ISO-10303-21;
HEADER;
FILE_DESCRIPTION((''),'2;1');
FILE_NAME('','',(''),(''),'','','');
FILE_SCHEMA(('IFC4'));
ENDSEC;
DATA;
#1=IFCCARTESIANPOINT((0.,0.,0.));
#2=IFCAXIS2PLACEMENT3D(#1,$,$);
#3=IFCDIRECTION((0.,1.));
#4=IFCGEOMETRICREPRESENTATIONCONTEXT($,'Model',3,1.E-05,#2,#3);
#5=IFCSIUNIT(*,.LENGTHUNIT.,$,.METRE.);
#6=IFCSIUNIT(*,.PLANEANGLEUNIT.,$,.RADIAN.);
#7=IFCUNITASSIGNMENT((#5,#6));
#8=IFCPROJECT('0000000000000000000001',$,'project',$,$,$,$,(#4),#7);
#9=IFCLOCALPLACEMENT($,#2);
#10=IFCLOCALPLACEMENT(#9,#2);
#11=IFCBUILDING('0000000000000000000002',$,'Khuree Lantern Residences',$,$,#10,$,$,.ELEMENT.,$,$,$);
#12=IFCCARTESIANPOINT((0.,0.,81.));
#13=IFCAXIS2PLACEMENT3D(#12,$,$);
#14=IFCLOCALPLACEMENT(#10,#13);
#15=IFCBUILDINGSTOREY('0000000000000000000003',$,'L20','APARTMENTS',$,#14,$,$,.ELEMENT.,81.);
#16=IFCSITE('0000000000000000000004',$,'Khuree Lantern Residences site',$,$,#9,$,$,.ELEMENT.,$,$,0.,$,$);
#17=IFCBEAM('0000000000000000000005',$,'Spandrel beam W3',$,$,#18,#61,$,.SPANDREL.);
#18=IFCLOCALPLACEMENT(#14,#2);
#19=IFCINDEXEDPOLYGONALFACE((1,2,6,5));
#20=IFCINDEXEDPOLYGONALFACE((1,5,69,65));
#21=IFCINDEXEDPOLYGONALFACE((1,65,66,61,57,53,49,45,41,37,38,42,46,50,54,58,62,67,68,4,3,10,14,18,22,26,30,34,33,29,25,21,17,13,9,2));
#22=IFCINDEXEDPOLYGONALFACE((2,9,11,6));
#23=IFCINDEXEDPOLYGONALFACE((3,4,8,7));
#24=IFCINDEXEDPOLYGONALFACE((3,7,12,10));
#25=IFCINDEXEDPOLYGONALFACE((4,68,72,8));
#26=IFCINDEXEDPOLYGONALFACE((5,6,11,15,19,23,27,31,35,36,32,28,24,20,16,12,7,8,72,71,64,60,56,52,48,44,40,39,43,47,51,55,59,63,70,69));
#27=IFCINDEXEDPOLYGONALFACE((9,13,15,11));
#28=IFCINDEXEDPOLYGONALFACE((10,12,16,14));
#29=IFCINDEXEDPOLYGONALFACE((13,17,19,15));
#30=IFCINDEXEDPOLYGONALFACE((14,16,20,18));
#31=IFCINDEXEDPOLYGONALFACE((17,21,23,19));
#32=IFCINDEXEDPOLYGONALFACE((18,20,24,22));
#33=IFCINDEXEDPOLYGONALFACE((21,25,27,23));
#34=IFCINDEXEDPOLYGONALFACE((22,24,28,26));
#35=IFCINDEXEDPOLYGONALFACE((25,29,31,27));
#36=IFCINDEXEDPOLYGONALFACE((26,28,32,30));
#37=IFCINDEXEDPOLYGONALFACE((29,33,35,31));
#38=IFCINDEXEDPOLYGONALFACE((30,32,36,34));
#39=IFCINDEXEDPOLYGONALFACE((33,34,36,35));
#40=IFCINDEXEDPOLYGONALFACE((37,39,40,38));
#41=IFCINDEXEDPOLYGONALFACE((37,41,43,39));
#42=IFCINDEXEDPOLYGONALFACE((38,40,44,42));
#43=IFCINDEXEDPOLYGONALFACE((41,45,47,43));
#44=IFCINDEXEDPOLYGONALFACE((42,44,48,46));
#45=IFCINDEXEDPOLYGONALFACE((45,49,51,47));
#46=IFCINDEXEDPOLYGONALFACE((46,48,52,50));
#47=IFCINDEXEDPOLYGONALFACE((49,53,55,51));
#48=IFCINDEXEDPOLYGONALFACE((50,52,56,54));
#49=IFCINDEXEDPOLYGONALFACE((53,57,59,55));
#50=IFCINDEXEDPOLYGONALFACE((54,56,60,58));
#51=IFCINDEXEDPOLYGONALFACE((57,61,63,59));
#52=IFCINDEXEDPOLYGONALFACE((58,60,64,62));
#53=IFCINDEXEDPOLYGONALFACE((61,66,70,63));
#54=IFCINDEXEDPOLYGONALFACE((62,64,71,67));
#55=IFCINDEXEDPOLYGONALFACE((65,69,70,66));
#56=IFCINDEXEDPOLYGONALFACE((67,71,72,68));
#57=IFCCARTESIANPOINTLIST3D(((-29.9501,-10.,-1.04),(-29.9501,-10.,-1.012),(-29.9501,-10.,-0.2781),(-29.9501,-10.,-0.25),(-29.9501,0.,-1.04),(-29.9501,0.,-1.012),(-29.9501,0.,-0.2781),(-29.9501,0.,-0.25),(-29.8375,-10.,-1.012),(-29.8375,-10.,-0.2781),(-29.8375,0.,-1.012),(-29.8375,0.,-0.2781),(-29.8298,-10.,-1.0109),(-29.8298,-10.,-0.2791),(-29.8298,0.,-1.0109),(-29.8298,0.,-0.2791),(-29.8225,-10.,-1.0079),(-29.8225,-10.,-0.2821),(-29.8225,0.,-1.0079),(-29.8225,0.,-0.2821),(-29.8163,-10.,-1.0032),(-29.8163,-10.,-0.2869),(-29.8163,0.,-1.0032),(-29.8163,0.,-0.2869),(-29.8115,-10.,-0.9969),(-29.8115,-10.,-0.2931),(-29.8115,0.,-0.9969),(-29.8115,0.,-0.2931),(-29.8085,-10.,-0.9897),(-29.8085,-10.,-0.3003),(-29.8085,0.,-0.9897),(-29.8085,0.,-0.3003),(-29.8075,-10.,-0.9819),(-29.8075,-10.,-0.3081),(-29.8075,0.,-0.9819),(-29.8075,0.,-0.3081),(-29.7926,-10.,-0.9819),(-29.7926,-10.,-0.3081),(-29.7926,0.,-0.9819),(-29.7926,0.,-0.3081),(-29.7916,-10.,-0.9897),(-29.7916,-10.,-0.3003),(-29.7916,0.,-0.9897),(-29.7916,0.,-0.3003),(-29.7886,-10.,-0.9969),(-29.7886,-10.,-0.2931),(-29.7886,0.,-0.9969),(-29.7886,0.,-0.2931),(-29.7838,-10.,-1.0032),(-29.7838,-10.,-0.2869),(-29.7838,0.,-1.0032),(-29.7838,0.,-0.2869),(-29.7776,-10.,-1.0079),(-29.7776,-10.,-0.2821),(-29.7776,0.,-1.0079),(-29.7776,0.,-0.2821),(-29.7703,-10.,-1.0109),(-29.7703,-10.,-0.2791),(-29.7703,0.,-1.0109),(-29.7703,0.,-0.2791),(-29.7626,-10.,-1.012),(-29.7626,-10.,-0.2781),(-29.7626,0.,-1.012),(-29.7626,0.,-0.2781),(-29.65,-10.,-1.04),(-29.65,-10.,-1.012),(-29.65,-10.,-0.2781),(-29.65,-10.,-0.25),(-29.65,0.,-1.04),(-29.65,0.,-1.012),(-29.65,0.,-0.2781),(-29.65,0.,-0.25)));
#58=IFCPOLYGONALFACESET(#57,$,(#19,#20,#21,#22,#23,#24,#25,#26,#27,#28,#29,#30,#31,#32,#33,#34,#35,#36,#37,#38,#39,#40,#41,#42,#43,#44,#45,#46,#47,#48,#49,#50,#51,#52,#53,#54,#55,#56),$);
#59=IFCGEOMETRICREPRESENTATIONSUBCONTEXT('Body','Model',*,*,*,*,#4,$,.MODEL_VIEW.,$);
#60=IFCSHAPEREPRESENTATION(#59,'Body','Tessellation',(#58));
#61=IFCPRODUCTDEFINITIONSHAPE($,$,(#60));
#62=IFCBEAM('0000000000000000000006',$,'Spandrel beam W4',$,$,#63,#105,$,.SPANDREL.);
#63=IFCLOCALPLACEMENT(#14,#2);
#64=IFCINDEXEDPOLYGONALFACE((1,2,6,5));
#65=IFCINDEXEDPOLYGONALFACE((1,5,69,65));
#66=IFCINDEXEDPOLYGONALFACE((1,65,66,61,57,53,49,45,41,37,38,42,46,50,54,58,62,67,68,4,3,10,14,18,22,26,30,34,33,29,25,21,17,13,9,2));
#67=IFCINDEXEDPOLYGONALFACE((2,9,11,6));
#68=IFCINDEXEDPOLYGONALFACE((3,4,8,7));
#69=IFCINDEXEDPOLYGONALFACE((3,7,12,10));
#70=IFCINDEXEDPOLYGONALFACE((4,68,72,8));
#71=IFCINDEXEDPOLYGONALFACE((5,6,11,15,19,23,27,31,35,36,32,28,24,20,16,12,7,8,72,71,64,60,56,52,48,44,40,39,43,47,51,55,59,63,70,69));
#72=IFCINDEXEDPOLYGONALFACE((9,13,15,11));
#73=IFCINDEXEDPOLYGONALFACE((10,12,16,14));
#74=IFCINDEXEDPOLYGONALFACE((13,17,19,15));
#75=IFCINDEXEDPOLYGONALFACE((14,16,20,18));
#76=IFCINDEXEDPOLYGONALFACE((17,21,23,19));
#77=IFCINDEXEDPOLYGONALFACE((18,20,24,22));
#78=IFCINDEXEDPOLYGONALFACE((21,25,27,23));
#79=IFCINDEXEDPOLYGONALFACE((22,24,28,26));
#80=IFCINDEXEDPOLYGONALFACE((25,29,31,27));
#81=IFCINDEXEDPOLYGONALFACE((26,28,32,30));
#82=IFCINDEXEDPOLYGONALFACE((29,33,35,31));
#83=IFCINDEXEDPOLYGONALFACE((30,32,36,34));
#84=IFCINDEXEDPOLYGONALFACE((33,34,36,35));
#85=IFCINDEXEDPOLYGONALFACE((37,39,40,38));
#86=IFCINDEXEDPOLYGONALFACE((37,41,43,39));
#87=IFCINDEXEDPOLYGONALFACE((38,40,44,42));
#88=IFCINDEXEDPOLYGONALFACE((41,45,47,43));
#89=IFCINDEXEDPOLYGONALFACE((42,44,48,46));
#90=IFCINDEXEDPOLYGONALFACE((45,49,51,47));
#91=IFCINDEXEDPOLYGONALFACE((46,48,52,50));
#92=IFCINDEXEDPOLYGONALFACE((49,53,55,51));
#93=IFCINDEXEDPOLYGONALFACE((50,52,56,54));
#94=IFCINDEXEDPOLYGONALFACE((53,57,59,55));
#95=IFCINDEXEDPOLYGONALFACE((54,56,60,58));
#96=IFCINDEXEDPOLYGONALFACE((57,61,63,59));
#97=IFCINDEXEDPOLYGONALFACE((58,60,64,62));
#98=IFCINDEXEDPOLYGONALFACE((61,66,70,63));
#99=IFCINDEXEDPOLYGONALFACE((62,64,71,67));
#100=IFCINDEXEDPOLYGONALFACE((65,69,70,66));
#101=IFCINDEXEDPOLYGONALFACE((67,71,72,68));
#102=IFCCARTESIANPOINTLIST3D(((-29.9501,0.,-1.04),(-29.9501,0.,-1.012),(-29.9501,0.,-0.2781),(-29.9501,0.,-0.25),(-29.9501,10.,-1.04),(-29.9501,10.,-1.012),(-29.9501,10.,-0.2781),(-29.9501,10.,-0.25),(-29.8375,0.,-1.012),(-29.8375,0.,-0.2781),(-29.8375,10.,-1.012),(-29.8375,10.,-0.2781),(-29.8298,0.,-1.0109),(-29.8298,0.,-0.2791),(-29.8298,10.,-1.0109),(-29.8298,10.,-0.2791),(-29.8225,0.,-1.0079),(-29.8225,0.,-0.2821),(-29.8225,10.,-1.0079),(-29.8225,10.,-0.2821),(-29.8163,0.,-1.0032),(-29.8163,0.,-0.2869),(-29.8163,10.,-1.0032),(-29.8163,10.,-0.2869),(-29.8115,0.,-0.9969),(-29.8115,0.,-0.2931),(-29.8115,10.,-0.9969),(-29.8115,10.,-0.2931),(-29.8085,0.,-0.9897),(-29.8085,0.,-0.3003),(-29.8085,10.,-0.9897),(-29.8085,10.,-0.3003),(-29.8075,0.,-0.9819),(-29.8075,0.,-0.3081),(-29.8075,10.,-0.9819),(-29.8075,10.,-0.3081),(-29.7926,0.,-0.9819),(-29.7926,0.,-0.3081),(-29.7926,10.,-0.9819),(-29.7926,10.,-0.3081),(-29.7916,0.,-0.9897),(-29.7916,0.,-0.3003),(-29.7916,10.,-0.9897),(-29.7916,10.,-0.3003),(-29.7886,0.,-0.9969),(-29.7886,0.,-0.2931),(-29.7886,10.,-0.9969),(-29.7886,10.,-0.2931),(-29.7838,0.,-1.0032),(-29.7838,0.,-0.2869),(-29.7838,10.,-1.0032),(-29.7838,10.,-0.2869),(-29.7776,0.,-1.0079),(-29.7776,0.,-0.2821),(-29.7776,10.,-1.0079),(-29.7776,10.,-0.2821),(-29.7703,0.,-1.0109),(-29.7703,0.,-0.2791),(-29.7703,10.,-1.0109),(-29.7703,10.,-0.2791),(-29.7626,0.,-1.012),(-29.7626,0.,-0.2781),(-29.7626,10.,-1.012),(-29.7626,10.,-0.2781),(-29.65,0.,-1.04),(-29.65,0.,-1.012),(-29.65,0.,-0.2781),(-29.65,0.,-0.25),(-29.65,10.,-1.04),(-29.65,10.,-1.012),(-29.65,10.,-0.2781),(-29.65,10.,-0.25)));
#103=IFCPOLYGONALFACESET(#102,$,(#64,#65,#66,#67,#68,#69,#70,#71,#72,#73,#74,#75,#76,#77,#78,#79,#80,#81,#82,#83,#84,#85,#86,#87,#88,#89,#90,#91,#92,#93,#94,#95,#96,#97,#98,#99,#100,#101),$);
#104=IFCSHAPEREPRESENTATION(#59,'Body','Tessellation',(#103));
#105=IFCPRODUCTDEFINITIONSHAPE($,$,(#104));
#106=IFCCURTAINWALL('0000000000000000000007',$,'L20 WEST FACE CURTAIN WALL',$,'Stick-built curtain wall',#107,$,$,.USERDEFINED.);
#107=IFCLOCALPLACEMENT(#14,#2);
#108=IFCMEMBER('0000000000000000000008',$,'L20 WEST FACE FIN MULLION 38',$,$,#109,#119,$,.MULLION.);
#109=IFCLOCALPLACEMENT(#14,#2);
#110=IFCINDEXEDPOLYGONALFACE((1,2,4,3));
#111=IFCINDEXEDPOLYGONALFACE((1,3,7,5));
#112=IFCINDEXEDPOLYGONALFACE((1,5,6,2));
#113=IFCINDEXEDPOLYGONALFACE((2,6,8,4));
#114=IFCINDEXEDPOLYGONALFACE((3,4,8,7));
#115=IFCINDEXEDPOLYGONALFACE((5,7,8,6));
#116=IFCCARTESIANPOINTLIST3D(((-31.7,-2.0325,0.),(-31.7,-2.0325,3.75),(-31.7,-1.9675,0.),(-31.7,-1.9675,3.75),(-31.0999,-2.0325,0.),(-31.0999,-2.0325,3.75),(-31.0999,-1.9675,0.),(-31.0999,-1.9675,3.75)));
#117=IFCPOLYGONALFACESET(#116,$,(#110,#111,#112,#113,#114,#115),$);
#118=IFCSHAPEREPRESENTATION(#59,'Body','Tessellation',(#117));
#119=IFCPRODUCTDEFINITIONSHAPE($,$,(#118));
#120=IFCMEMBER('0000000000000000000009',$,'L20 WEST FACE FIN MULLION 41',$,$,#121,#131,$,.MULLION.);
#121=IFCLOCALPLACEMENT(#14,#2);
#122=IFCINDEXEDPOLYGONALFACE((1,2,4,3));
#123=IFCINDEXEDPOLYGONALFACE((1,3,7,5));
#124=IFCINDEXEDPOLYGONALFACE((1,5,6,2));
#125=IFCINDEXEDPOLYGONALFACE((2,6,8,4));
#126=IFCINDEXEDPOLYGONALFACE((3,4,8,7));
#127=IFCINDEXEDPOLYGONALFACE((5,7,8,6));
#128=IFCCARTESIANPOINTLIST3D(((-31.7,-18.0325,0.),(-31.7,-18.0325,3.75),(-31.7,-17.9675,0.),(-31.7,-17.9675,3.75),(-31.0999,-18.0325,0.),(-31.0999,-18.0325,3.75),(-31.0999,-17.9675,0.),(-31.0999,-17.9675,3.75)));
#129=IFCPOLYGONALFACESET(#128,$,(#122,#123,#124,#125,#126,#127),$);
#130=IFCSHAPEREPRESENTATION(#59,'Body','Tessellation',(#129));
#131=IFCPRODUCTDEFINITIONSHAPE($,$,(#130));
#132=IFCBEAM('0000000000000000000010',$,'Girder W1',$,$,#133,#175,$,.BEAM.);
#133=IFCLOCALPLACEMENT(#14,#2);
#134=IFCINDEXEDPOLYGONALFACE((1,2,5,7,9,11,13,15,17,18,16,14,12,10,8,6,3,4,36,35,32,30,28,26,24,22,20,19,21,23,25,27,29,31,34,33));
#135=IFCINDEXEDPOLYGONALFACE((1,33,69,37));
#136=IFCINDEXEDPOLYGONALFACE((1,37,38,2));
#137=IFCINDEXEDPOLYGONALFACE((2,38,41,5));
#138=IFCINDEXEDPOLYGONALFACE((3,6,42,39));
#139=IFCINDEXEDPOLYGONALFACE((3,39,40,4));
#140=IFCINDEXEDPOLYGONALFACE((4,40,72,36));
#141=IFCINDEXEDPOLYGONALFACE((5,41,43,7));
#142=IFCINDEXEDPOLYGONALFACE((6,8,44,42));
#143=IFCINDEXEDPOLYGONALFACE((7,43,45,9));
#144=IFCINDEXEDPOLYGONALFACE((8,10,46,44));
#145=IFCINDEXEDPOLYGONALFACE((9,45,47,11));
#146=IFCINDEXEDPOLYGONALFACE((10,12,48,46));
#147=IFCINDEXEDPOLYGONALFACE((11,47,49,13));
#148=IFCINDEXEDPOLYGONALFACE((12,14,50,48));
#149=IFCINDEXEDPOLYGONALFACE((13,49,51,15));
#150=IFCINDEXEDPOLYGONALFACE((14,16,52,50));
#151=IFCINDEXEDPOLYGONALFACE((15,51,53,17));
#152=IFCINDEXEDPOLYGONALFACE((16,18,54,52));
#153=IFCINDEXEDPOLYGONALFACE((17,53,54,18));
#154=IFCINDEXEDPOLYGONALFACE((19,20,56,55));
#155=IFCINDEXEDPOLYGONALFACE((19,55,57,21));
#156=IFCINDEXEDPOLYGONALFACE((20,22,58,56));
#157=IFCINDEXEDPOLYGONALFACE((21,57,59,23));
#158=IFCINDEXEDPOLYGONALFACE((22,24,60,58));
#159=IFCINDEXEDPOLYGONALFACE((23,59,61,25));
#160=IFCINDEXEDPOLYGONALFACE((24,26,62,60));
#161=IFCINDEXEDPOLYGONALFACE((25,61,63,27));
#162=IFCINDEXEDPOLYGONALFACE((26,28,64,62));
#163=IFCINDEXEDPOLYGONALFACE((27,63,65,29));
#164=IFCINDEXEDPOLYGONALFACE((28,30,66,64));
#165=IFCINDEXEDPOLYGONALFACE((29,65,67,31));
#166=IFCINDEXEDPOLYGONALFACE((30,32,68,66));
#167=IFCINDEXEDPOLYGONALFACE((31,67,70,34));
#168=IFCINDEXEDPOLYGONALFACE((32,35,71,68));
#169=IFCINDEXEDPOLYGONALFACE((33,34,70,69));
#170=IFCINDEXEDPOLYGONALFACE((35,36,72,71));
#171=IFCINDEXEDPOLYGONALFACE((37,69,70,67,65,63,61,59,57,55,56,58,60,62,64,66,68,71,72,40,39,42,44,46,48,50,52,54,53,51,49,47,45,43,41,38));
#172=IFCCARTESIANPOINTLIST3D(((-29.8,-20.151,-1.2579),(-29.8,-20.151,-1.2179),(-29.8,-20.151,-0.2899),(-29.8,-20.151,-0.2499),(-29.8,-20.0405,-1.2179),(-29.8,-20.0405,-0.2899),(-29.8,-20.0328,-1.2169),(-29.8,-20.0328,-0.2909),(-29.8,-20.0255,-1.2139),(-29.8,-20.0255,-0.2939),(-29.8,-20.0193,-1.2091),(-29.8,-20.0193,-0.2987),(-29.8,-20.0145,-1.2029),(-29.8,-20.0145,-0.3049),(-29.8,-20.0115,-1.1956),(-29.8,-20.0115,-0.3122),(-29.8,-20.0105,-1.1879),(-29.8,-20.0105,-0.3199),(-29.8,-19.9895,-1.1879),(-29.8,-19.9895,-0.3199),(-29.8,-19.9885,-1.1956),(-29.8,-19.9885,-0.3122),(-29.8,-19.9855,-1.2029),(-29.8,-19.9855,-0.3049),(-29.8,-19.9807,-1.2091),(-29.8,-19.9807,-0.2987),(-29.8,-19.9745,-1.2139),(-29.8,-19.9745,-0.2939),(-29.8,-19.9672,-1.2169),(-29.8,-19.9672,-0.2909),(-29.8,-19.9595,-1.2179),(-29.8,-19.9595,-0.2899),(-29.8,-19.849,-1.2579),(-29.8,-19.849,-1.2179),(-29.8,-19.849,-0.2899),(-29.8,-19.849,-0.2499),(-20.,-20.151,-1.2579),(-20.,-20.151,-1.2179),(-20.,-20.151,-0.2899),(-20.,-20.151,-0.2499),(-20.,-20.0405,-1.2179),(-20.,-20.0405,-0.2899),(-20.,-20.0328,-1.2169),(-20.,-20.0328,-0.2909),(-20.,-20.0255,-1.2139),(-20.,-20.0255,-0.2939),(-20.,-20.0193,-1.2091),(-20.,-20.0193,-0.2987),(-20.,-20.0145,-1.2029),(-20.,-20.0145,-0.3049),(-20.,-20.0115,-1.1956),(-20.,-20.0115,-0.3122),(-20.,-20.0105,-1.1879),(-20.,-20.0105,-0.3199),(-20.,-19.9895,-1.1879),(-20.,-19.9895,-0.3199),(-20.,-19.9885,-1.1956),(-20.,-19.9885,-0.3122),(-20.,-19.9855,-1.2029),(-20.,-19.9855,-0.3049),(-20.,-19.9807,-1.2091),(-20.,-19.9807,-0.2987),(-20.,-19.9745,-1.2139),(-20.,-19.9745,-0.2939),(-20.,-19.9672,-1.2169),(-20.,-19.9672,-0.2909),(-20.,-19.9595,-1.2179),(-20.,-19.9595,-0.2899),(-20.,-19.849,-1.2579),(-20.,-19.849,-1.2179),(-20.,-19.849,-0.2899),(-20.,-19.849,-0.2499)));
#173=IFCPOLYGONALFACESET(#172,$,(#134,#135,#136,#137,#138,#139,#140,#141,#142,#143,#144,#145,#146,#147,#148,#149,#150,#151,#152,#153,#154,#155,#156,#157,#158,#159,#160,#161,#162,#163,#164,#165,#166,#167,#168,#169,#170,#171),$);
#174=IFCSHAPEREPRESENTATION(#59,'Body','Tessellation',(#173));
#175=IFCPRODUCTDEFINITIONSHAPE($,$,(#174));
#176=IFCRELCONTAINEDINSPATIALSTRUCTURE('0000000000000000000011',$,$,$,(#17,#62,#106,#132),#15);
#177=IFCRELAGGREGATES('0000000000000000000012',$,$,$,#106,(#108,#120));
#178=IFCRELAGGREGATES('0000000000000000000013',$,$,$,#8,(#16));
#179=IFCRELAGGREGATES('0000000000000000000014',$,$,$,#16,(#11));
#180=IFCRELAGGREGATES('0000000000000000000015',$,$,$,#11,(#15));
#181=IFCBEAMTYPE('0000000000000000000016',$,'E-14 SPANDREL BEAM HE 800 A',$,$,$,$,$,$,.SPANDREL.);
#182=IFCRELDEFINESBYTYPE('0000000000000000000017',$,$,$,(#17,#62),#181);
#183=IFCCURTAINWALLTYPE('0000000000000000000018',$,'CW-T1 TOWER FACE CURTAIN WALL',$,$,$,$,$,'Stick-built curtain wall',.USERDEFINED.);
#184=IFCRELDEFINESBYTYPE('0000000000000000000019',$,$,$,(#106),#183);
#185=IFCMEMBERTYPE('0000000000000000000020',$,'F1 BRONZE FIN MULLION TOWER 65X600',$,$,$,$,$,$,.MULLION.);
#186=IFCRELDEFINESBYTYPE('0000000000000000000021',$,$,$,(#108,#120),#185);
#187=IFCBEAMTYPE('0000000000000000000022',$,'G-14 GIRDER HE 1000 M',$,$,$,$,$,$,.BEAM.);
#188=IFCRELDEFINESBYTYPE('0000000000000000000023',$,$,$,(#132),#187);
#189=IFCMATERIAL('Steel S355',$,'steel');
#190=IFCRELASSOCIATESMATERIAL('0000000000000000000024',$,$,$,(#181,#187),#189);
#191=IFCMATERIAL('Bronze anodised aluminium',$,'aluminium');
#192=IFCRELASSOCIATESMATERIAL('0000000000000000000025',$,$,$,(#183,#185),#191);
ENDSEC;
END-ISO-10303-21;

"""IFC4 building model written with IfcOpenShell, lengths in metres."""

from ifc_helpers import new_model, si_unit, direction, frame, origin, origin_2d, place, context, subcontext, project, spatial, rectangle, i_section, extrude, material, material_profile, profile_set, type_object, element, aggregate, save


model = new_model("IFC4")

# Units and contexts
model_context = context("Model", 3, precision=1e-05, world=origin(), true_north=direction((0.0, 1.0)))
body_context = subcontext(model_context, "Body", "Model", "MODEL_VIEW")
ifc_project = project(units=[si_unit("LENGTHUNIT", "METRE"), si_unit("PLANEANGLEUNIT", "RADIAN")], contexts=[model_context])

# Site, building, storey
site_placement = place(None, origin())
site = spatial("IfcSite", under=ifc_project, at=site_placement, Name="Khuree Lantern Residences site", CompositionType="ELEMENT", RefElevation=0.0)
building_placement = place(site_placement, origin())
building = spatial("IfcBuilding", under=site, at=building_placement, Name="Khuree Lantern Residences", CompositionType="ELEMENT")
storey_placement = place(building_placement, frame((0.0, 0.0, 81.0)))
storey = spatial("IfcBuildingStorey", under=building, at=storey_placement, Name="L20", Description="APARTMENTS", CompositionType="ELEMENT", Elevation=81.0)

# Beams
ifc_material_1 = material(Name="Steel S355", Category="steel")
ifc_material_profile_1 = material_profile(ifc_material_1, i_section(OverallWidth=0.3, OverallDepth=0.79, WebThickness=0.0149, FlangeThickness=0.0281, FilletRadius=0.03, at=origin_2d()), Name="HE 800 A")
ifc_profile_set_1 = profile_set([ifc_material_profile_1], Name="Steel S355")
beam_type_1 = type_object("IfcBeamType", Name="E-14 SPANDREL BEAM HE 800 A", PredefinedType="SPANDREL", material=ifc_profile_set_1)
for number, where, z_axis, x_axis, name in (
    (1, (-29.8, -10.0, -0.645), (0.0, 1.0, 0.0), (-1.0, 0.0, 0.0), "Spandrel beam W3"),
    (2, (-29.8, 0.0, -0.645), (0.0, 1.0, 0.0), (-1.0, 0.0, 0.0), "Spandrel beam W4"),
):
    element("IfcBeam", number, at=place(storey_placement, frame(where, z_axis=z_axis, x_axis=x_axis)), inside=storey, type_object=beam_type_1, Name=name, PredefinedType="SPANDREL", context=body_context, shape_type="SweptSolid", body=[
        extrude(i_section(OverallWidth=0.3, OverallDepth=0.79, WebThickness=0.0149, FlangeThickness=0.0281, FilletRadius=0.03, at=origin_2d()), origin(), (0.0, 0.0, 1.0), 10.0),
    ])

# Curtain wall, members
ifc_material_2 = material(Name="Bronze anodised aluminium", Category="aluminium")
curtain_wall_type = type_object("IfcCurtainWallType", Name="CW-T1 TOWER FACE CURTAIN WALL", ElementType="Stick-built curtain wall", PredefinedType="USERDEFINED", material=ifc_material_2)
curtain_wall_placement = place(storey_placement, origin())
curtain_wall = element("IfcCurtainWall", 3, at=curtain_wall_placement, inside=storey, type_object=curtain_wall_type, Name="L20 WEST FACE CURTAIN WALL", ObjectType="Stick-built curtain wall", PredefinedType="USERDEFINED")
ifc_material_profile_2 = material_profile(ifc_material_2, rectangle(XDim=0.0649, YDim=0.6001, at=origin_2d()), Name="F1 65X600")
ifc_profile_set_2 = profile_set([ifc_material_profile_2], Name="Bronze anodised aluminium")
member_type_1 = type_object("IfcMemberType", Name="F1 BRONZE FIN MULLION TOWER 65X600", PredefinedType="MULLION", material=ifc_profile_set_2)
member_1_placement = place(storey_placement, frame((-31.3999, -2.0, 0.0), z_axis=(0.0, 0.0, 1.0), x_axis=(0.0, -1.0, 0.0)))
member_1 = element("IfcMember", 4, at=member_1_placement, type_object=member_type_1, Name="L20 WEST FACE FIN MULLION 38", PredefinedType="MULLION", context=body_context, shape_type="SweptSolid", body=[
    extrude(rectangle(XDim=0.0649, YDim=0.6001, at=origin_2d()), origin(), (0.0, 0.0, 1.0), 3.75),
])
member_2_placement = place(storey_placement, frame((-31.3999, -18.0, 0.0), z_axis=(0.0, 0.0, 1.0), x_axis=(0.0, -1.0, 0.0)))
member_2 = element("IfcMember", 5, at=member_2_placement, type_object=member_type_1, Name="L20 WEST FACE FIN MULLION 41", PredefinedType="MULLION", context=body_context, shape_type="SweptSolid", body=[
    extrude(rectangle(XDim=0.0649, YDim=0.6001, at=origin_2d()), origin(), (0.0, 0.0, 1.0), 3.75),
])

# Beam
ifc_material_profile_3 = material_profile(ifc_material_1, i_section(OverallWidth=0.302, OverallDepth=1.0081, WebThickness=0.021, FlangeThickness=0.04, FilletRadius=0.03, at=origin_2d()), Name="HE 1000 M")
ifc_profile_set_3 = profile_set([ifc_material_profile_3], Name="Steel S355")
beam_type_2 = type_object("IfcBeamType", Name="G-14 GIRDER HE 1000 M", PredefinedType="BEAM", material=ifc_profile_set_3)
beam_placement = place(storey_placement, frame((-29.8, -20.0, -0.7539), z_axis=(1.0, 0.0, 0.0), x_axis=(0.0, 1.0, 0.0)))
element("IfcBeam", 6, at=beam_placement, inside=storey, type_object=beam_type_2, Name="Girder W1", PredefinedType="BEAM", context=body_context, shape_type="SweptSolid", body=[
    extrude(i_section(OverallWidth=0.302, OverallDepth=1.0081, WebThickness=0.021, FlangeThickness=0.04, FilletRadius=0.03, at=origin_2d()), origin(), (0.0, 0.0, 1.0), 9.8),
])

aggregate(curtain_wall, [member_1, member_2])

save(model, "model.ifc")
